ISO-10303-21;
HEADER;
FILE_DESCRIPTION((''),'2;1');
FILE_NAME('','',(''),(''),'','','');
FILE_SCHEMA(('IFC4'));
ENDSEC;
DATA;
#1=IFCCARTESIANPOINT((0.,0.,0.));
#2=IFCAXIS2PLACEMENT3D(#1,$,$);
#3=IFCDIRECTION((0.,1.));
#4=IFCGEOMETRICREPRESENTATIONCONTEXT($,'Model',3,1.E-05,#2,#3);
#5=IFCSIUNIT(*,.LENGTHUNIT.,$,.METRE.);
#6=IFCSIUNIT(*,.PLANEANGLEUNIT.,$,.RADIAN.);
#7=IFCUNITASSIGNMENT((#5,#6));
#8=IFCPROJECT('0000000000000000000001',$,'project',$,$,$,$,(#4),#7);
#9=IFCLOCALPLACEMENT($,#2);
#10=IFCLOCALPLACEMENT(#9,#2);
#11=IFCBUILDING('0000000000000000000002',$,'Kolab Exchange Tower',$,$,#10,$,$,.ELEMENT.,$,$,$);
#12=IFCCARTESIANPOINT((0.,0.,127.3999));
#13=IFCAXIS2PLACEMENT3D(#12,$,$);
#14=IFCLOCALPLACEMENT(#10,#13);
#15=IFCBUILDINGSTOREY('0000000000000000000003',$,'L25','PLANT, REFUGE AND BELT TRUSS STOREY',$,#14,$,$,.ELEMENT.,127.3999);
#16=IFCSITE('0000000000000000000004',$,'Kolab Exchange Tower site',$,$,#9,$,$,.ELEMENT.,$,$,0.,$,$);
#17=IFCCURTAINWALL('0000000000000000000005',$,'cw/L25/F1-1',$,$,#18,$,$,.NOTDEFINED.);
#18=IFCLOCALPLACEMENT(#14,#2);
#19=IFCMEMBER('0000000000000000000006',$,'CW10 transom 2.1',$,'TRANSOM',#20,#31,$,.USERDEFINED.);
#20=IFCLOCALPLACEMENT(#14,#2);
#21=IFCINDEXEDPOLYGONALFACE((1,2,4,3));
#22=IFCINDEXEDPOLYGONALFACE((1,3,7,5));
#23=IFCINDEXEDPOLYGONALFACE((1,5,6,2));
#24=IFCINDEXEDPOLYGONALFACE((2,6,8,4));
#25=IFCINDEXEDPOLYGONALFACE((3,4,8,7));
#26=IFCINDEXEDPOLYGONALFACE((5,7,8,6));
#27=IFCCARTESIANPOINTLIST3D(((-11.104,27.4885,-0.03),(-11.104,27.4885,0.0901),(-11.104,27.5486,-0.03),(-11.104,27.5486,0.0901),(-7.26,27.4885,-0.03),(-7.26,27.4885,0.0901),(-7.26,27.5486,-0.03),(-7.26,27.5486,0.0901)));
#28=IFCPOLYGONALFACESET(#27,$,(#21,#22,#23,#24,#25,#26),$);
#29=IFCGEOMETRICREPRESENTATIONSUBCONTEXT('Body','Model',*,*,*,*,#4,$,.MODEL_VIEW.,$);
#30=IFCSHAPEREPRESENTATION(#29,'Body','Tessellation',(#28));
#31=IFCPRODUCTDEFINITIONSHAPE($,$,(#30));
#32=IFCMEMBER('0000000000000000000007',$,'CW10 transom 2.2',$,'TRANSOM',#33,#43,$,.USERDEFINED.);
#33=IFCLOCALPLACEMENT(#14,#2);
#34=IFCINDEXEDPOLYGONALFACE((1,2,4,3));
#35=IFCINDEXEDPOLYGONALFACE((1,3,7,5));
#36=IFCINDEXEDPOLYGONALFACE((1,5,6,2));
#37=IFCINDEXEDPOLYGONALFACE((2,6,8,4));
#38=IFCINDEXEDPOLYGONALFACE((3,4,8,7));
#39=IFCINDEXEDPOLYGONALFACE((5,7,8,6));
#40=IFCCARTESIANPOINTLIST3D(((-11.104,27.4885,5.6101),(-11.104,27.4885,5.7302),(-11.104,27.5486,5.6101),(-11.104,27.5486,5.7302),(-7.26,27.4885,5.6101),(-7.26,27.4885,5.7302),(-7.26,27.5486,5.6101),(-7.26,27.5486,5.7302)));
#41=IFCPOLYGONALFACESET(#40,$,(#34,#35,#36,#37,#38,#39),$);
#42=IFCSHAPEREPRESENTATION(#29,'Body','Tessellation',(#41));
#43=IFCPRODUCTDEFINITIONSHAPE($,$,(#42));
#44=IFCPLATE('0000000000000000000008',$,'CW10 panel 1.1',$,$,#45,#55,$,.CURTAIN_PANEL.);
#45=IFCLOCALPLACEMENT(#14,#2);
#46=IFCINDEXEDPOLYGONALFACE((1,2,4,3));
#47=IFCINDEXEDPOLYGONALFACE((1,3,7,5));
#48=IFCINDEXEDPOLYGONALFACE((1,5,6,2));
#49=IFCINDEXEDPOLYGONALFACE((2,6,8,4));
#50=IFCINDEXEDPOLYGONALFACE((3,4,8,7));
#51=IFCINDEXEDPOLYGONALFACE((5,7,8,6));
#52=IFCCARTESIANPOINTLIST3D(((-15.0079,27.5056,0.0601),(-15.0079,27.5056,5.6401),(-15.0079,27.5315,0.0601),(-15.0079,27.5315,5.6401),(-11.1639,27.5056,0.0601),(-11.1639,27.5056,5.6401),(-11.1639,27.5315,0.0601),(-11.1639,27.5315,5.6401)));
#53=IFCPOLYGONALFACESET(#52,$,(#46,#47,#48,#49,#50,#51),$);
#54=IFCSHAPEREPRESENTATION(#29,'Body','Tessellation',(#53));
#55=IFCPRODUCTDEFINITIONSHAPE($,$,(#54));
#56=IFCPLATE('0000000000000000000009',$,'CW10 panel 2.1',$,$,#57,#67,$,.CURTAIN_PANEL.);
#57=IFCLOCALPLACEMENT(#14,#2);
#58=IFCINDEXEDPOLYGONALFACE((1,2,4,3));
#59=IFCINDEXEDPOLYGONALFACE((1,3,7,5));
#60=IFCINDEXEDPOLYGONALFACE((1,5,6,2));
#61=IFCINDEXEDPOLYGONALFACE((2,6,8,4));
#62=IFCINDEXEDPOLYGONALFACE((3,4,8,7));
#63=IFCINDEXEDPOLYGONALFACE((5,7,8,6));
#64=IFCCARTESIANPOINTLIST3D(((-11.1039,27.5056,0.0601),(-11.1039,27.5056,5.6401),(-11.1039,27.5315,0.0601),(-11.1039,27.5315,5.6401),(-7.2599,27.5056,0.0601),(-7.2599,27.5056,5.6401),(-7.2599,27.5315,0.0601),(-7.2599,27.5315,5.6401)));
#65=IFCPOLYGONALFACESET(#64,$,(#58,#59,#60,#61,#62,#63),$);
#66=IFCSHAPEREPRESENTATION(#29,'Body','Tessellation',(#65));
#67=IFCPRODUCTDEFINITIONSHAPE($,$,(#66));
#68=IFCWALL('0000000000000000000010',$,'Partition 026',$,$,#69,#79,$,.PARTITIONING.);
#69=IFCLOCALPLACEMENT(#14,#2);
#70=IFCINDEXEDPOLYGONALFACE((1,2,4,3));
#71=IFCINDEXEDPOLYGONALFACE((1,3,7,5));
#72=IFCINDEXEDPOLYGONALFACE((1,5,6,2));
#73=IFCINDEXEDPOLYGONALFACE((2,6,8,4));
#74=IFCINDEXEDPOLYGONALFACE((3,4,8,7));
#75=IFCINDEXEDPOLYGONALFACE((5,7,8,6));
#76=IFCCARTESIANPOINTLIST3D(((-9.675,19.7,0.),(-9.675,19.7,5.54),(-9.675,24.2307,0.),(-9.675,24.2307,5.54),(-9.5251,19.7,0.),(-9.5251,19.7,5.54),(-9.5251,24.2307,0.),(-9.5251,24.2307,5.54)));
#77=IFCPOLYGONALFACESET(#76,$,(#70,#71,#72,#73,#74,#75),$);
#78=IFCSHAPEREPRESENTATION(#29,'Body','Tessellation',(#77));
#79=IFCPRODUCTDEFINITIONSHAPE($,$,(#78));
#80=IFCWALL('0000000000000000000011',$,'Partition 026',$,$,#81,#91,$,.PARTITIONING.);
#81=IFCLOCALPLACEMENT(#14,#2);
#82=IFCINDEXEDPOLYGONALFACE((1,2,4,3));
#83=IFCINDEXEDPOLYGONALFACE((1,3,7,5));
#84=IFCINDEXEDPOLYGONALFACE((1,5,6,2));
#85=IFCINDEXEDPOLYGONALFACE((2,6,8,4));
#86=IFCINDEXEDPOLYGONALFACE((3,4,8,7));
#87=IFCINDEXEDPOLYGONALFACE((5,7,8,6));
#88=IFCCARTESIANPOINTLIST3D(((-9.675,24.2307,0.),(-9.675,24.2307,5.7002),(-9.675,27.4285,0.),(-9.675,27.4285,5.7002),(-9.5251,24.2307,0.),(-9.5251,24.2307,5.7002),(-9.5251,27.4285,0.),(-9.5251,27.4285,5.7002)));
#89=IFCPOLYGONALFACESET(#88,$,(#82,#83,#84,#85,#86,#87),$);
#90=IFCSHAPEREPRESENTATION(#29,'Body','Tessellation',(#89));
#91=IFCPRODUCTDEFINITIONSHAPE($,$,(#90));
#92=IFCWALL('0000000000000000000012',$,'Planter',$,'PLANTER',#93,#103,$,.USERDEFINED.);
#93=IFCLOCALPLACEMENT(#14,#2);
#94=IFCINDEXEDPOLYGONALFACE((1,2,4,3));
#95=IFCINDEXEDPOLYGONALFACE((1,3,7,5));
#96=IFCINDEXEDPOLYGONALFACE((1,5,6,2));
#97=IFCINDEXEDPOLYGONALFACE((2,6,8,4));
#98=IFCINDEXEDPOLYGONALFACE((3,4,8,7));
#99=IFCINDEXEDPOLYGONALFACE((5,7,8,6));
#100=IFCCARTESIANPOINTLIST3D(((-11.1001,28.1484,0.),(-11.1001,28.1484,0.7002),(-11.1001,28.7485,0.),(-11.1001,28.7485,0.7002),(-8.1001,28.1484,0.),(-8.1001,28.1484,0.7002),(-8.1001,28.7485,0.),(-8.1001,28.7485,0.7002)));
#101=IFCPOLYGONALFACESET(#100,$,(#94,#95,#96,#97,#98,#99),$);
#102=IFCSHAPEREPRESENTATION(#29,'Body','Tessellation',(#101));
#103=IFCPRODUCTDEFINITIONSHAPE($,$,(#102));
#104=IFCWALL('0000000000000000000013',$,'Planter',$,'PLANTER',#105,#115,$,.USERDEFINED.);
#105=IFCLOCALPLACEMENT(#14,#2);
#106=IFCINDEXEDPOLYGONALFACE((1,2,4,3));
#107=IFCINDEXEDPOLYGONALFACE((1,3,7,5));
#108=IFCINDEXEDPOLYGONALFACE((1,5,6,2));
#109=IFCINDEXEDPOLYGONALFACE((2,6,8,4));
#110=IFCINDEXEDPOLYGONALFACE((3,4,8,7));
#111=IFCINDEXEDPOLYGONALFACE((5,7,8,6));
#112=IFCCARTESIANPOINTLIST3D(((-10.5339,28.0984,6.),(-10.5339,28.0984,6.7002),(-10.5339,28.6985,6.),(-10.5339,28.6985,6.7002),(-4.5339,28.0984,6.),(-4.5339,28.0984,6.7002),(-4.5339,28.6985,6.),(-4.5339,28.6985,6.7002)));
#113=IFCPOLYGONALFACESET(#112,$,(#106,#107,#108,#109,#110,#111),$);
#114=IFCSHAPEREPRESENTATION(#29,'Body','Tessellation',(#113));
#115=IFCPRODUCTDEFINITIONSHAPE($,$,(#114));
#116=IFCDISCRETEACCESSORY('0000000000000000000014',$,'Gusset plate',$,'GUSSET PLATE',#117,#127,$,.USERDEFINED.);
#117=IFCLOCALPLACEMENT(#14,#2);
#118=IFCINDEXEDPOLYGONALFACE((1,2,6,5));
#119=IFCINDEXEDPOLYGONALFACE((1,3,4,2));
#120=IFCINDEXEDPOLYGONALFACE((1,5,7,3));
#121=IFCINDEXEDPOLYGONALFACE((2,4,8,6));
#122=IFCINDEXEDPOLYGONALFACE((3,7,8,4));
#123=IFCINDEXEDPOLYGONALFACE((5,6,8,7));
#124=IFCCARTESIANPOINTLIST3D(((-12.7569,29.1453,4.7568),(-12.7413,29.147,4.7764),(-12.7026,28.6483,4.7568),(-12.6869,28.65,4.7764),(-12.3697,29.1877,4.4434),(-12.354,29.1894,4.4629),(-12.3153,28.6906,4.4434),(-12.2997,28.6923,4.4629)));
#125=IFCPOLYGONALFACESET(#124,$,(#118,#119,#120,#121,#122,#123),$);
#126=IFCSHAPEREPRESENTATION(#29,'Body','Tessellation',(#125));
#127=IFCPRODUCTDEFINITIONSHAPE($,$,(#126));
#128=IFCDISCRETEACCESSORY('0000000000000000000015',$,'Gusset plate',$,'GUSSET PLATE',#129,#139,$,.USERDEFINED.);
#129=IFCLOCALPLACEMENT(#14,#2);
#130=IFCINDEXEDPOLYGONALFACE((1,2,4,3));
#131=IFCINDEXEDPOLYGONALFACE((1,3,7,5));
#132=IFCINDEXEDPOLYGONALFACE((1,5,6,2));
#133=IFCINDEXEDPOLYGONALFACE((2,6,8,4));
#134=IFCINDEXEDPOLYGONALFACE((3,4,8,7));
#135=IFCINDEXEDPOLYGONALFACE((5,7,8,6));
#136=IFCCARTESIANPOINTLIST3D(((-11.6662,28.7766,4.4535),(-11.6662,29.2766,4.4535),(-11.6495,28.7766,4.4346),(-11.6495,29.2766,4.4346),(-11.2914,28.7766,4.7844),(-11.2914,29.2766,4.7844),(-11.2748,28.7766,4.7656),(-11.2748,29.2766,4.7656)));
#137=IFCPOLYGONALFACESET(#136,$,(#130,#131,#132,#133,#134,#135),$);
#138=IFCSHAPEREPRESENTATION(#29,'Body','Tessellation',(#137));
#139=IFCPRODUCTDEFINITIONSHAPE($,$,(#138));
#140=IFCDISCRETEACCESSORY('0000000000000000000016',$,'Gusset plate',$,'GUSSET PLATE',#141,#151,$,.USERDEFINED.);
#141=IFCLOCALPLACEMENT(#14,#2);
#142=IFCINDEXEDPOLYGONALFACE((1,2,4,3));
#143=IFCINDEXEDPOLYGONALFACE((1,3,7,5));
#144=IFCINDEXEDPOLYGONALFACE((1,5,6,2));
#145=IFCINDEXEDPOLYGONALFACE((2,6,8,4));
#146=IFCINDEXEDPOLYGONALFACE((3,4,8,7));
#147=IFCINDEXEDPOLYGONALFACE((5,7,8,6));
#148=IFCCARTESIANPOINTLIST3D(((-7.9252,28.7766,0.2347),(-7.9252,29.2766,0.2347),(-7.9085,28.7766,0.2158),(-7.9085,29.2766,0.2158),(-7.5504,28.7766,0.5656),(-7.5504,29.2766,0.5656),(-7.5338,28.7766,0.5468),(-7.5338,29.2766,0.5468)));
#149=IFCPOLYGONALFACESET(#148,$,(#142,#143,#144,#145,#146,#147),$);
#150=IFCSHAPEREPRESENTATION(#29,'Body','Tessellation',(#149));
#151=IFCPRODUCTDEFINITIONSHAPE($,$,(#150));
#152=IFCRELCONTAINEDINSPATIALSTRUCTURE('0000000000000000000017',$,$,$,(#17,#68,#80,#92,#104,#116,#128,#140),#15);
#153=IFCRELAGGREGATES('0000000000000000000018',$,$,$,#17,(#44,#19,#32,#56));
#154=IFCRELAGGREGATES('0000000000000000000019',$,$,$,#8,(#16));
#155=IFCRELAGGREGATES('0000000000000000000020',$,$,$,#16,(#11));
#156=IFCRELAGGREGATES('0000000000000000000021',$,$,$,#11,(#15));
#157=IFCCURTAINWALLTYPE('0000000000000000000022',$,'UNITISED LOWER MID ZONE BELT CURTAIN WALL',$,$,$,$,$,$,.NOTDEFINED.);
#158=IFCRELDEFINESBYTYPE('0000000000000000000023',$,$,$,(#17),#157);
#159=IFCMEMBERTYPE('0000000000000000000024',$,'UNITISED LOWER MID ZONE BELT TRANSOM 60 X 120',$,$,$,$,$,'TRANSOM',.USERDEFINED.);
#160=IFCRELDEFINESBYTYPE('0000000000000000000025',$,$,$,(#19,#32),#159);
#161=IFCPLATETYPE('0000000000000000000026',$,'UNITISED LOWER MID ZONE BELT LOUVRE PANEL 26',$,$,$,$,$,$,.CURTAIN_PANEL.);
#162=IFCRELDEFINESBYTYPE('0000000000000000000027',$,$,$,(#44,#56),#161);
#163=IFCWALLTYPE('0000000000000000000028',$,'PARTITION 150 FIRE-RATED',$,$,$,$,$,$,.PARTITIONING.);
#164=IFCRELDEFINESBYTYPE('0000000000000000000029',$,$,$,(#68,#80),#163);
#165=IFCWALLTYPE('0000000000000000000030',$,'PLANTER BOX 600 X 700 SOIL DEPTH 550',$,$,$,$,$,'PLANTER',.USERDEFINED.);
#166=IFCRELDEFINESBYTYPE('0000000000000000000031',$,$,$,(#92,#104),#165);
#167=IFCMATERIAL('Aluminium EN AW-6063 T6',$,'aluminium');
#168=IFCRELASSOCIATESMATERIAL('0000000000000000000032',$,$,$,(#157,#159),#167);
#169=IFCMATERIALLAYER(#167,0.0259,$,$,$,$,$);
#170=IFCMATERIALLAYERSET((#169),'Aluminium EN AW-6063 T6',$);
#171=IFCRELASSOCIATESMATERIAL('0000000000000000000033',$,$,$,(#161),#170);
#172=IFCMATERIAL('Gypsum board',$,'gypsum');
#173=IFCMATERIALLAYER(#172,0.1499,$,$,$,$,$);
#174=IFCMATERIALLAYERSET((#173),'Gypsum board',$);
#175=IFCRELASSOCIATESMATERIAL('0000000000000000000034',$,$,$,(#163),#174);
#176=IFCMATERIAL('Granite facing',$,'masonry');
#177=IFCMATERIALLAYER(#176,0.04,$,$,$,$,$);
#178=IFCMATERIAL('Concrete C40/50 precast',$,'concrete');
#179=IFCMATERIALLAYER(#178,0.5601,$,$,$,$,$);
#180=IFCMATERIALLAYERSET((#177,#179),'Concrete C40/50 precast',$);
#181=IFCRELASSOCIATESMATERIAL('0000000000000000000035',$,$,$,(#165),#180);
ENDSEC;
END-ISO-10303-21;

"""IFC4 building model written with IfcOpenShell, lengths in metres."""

from ifc_helpers import new_model, si_unit, direction, frame, frame_2d, origin, origin_2d, place, context, subcontext, project, spatial, rectangle, extrude, material, layer, layer_set, material_profile, profile_set, type_object, element, aggregate, save


model = new_model("IFC4")

# Units and contexts
model_context = context("Model", 3, precision=1e-05, world=origin(), true_north=direction((0.0, 1.0)))
body_context = subcontext(model_context, "Body", "Model", "MODEL_VIEW")
ifc_project = project(units=[si_unit("LENGTHUNIT", "METRE"), si_unit("PLANEANGLEUNIT", "RADIAN")], contexts=[model_context])

# Site, building, storey
site_placement = place(None, origin())
site = spatial("IfcSite", under=ifc_project, at=site_placement, Name="Kolab Exchange Tower site", CompositionType="ELEMENT", RefElevation=0.0)
building_placement = place(site_placement, origin())
building = spatial("IfcBuilding", under=site, at=building_placement, Name="Kolab Exchange Tower", CompositionType="ELEMENT")
storey_placement = place(building_placement, frame((0.0, 0.0, 127.3999)))
storey = spatial("IfcBuildingStorey", under=building, at=storey_placement, Name="L25", Description="PLANT, REFUGE AND BELT TRUSS STOREY", CompositionType="ELEMENT", Elevation=127.3999)

# Curtain wall, members, plates
ifc_material_1 = material(Name="Aluminium EN AW-6063 T6", Category="aluminium")
curtain_wall_type = type_object("IfcCurtainWallType", Name="UNITISED LOWER MID ZONE BELT CURTAIN WALL", PredefinedType="NOTDEFINED", material=ifc_material_1)
curtain_wall_placement = place(storey_placement, origin())
curtain_wall = element("IfcCurtainWall", 1, at=curtain_wall_placement, inside=storey, type_object=curtain_wall_type, Name="cw/L25/F1-1", PredefinedType="NOTDEFINED")
ifc_material_profile_1 = material_profile(ifc_material_1, rectangle(XDim=0.0601, YDim=0.1201, at=origin_2d()), Name="RECT 60X120")
ifc_profile_set_1 = profile_set([ifc_material_profile_1], Name="Aluminium EN AW-6063 T6")
member_type_1 = type_object("IfcMemberType", Name="UNITISED LOWER MID ZONE BELT TRANSOM 60 X 120", ElementType="TRANSOM", PredefinedType="USERDEFINED", material=ifc_profile_set_1)
member_1_placement = place(storey_placement, frame((-11.104, 27.5186, 0.03), z_axis=(1.0, 0.0, 0.0), x_axis=(0.0, 1.0, 0.0)))
member_1 = element("IfcMember", 2, at=member_1_placement, type_object=member_type_1, Name="CW10 transom 2.1", ObjectType="TRANSOM", PredefinedType="USERDEFINED", context=body_context, shape_type="SweptSolid", body=[
    extrude(rectangle(XDim=0.0601, YDim=0.1201, at=origin_2d()), origin(), (0.0, 0.0, 1.0), 3.844),
])
member_2_placement = place(storey_placement, frame((-11.104, 27.5186, 5.6702), z_axis=(1.0, 0.0, 0.0), x_axis=(0.0, 1.0, 0.0)))
member_2 = element("IfcMember", 3, at=member_2_placement, type_object=member_type_1, Name="CW10 transom 2.2", ObjectType="TRANSOM", PredefinedType="USERDEFINED", context=body_context, shape_type="SweptSolid", body=[
    extrude(rectangle(XDim=0.0601, YDim=0.1201, at=origin_2d()), origin(), (0.0, 0.0, 1.0), 3.844),
])
ifc_layer_1 = layer(ifc_material_1, 0.0259)
ifc_layer_set_1 = layer_set([ifc_layer_1], Name="Aluminium EN AW-6063 T6")
plate_type = type_object("IfcPlateType", Name="UNITISED LOWER MID ZONE BELT LOUVRE PANEL 26", PredefinedType="CURTAIN_PANEL", material=ifc_layer_set_1)
plate_1_placement = place(storey_placement, frame((-13.0859, 27.5186, 0.0601), z_axis=(0.0, 0.0, 1.0), x_axis=(1.0, 0.0, 0.0)))
plate_1 = element("IfcPlate", 4, at=plate_1_placement, type_object=plate_type, Name="CW10 panel 1.1", PredefinedType="CURTAIN_PANEL", context=body_context, shape_type="SweptSolid", body=[
    extrude(rectangle(XDim=3.844, YDim=0.0259, at=origin_2d()), origin(), (0.0, 0.0, 1.0), 5.5801),
])
plate_2_placement = place(storey_placement, frame((-9.1819, 27.5186, 0.0601), z_axis=(0.0, 0.0, 1.0), x_axis=(1.0, 0.0, 0.0)))
plate_2 = element("IfcPlate", 5, at=plate_2_placement, type_object=plate_type, Name="CW10 panel 2.1", PredefinedType="CURTAIN_PANEL", context=body_context, shape_type="SweptSolid", body=[
    extrude(rectangle(XDim=3.844, YDim=0.0259, at=origin_2d()), origin(), (0.0, 0.0, 1.0), 5.5801),
])
aggregate(curtain_wall, [plate_1, member_1, member_2, plate_2])

# Walls
ifc_material_2 = material(Name="Gypsum board", Category="gypsum")
ifc_layer_2 = layer(ifc_material_2, 0.1499)
ifc_layer_set_2 = layer_set([ifc_layer_2], Name="Gypsum board")
wall_type_1 = type_object("IfcWallType", Name="PARTITION 150 FIRE-RATED", PredefinedType="PARTITIONING", material=ifc_layer_set_2)
wall_1_placement = place(storey_placement, frame((-9.6001, 19.7, 0.0), z_axis=(0.0, 0.0, 1.0), x_axis=(0.0, 1.0, 0.0)))
element("IfcWall", 6, at=wall_1_placement, inside=storey, type_object=wall_type_1, Name="Partition 026", PredefinedType="PARTITIONING", context=body_context, shape_type="SweptSolid", body=[
    extrude(rectangle(XDim=4.5308, YDim=0.1499, at=frame_2d((2.2654, 0.0))), origin(), (0.0, 0.0, 1.0), 5.54),
])
wall_2_placement = place(storey_placement, frame((-9.6001, 24.2307, 0.0), z_axis=(0.0, 0.0, 1.0), x_axis=(0.0, 1.0, 0.0)))
element("IfcWall", 7, at=wall_2_placement, inside=storey, type_object=wall_type_1, Name="Partition 026", PredefinedType="PARTITIONING", context=body_context, shape_type="SweptSolid", body=[
    extrude(rectangle(XDim=3.1978, YDim=0.1499, at=frame_2d((1.5989, 0.0))), origin(), (0.0, 0.0, 1.0), 5.7002),
])
ifc_material_3 = material(Name="Granite facing", Category="masonry")
ifc_layer_3 = layer(ifc_material_3, 0.04)
ifc_material_4 = material(Name="Concrete C40/50 precast", Category="concrete")
ifc_layer_4 = layer(ifc_material_4, 0.5601)
ifc_layer_set_3 = layer_set([ifc_layer_3, ifc_layer_4], Name="Concrete C40/50 precast")
wall_type_2 = type_object("IfcWallType", Name="PLANTER BOX 600 X 700 SOIL DEPTH 550", ElementType="PLANTER", PredefinedType="USERDEFINED", material=ifc_layer_set_3)
wall_3_placement = place(storey_placement, frame((-11.1001, 28.4485, 0.0), z_axis=(0.0, 0.0, 1.0), x_axis=(1.0, 0.0, 0.0)))
element("IfcWall", 8, at=wall_3_placement, inside=storey, type_object=wall_type_2, Name="Planter", ObjectType="PLANTER", PredefinedType="USERDEFINED", context=body_context, shape_type="SweptSolid", body=[
    extrude(rectangle(XDim=3.0, YDim=0.6001, at=frame_2d((1.5, 0.0))), origin(), (0.0, 0.0, 1.0), 0.7002),
])
wall_4_placement = place(storey_placement, frame((-10.5339, 28.3984, 6.0), z_axis=(0.0, 0.0, 1.0), x_axis=(1.0, 0.0, 0.0)))
element("IfcWall", 9, at=wall_4_placement, inside=storey, type_object=wall_type_2, Name="Planter", ObjectType="PLANTER", PredefinedType="USERDEFINED", context=body_context, shape_type="SweptSolid", body=[
    extrude(rectangle(XDim=6.0, YDim=0.6001, at=frame_2d((3.0, 0.0))), origin(), (0.0, 0.0, 1.0), 0.7002),
])

# Discrete accessories
for number, where, z_axis, x_axis, name in (
    (10, (-12.5361, 28.918, 4.6001), (0.623242, 0.068167, 0.779052), (-0.108727, 0.994072, 0.0), "Gusset plate"),
    (11, (-11.4622, 29.0266, 4.6001), (-0.661944, 0.0, 0.749554), (0.0, -1.0, 0.0), "Gusset plate"),
    (12, (-7.7378, 29.0266, 0.4001), (0.661944, 0.0, -0.749554), (0.0, 1.0, 0.0), "Gusset plate"),
):
    element("IfcDiscreteAccessory", number, at=place(storey_placement, frame(where, z_axis=z_axis, x_axis=x_axis)), inside=storey, Name=name, ObjectType="GUSSET PLATE", PredefinedType="USERDEFINED", context=body_context, shape_type="SweptSolid", body=[
        extrude(rectangle(XDim=0.5, YDim=0.5, at=origin_2d()), origin(), (0.0, 0.0, 1.0), 0.0251),
    ])

save(model, "model.ifc")
